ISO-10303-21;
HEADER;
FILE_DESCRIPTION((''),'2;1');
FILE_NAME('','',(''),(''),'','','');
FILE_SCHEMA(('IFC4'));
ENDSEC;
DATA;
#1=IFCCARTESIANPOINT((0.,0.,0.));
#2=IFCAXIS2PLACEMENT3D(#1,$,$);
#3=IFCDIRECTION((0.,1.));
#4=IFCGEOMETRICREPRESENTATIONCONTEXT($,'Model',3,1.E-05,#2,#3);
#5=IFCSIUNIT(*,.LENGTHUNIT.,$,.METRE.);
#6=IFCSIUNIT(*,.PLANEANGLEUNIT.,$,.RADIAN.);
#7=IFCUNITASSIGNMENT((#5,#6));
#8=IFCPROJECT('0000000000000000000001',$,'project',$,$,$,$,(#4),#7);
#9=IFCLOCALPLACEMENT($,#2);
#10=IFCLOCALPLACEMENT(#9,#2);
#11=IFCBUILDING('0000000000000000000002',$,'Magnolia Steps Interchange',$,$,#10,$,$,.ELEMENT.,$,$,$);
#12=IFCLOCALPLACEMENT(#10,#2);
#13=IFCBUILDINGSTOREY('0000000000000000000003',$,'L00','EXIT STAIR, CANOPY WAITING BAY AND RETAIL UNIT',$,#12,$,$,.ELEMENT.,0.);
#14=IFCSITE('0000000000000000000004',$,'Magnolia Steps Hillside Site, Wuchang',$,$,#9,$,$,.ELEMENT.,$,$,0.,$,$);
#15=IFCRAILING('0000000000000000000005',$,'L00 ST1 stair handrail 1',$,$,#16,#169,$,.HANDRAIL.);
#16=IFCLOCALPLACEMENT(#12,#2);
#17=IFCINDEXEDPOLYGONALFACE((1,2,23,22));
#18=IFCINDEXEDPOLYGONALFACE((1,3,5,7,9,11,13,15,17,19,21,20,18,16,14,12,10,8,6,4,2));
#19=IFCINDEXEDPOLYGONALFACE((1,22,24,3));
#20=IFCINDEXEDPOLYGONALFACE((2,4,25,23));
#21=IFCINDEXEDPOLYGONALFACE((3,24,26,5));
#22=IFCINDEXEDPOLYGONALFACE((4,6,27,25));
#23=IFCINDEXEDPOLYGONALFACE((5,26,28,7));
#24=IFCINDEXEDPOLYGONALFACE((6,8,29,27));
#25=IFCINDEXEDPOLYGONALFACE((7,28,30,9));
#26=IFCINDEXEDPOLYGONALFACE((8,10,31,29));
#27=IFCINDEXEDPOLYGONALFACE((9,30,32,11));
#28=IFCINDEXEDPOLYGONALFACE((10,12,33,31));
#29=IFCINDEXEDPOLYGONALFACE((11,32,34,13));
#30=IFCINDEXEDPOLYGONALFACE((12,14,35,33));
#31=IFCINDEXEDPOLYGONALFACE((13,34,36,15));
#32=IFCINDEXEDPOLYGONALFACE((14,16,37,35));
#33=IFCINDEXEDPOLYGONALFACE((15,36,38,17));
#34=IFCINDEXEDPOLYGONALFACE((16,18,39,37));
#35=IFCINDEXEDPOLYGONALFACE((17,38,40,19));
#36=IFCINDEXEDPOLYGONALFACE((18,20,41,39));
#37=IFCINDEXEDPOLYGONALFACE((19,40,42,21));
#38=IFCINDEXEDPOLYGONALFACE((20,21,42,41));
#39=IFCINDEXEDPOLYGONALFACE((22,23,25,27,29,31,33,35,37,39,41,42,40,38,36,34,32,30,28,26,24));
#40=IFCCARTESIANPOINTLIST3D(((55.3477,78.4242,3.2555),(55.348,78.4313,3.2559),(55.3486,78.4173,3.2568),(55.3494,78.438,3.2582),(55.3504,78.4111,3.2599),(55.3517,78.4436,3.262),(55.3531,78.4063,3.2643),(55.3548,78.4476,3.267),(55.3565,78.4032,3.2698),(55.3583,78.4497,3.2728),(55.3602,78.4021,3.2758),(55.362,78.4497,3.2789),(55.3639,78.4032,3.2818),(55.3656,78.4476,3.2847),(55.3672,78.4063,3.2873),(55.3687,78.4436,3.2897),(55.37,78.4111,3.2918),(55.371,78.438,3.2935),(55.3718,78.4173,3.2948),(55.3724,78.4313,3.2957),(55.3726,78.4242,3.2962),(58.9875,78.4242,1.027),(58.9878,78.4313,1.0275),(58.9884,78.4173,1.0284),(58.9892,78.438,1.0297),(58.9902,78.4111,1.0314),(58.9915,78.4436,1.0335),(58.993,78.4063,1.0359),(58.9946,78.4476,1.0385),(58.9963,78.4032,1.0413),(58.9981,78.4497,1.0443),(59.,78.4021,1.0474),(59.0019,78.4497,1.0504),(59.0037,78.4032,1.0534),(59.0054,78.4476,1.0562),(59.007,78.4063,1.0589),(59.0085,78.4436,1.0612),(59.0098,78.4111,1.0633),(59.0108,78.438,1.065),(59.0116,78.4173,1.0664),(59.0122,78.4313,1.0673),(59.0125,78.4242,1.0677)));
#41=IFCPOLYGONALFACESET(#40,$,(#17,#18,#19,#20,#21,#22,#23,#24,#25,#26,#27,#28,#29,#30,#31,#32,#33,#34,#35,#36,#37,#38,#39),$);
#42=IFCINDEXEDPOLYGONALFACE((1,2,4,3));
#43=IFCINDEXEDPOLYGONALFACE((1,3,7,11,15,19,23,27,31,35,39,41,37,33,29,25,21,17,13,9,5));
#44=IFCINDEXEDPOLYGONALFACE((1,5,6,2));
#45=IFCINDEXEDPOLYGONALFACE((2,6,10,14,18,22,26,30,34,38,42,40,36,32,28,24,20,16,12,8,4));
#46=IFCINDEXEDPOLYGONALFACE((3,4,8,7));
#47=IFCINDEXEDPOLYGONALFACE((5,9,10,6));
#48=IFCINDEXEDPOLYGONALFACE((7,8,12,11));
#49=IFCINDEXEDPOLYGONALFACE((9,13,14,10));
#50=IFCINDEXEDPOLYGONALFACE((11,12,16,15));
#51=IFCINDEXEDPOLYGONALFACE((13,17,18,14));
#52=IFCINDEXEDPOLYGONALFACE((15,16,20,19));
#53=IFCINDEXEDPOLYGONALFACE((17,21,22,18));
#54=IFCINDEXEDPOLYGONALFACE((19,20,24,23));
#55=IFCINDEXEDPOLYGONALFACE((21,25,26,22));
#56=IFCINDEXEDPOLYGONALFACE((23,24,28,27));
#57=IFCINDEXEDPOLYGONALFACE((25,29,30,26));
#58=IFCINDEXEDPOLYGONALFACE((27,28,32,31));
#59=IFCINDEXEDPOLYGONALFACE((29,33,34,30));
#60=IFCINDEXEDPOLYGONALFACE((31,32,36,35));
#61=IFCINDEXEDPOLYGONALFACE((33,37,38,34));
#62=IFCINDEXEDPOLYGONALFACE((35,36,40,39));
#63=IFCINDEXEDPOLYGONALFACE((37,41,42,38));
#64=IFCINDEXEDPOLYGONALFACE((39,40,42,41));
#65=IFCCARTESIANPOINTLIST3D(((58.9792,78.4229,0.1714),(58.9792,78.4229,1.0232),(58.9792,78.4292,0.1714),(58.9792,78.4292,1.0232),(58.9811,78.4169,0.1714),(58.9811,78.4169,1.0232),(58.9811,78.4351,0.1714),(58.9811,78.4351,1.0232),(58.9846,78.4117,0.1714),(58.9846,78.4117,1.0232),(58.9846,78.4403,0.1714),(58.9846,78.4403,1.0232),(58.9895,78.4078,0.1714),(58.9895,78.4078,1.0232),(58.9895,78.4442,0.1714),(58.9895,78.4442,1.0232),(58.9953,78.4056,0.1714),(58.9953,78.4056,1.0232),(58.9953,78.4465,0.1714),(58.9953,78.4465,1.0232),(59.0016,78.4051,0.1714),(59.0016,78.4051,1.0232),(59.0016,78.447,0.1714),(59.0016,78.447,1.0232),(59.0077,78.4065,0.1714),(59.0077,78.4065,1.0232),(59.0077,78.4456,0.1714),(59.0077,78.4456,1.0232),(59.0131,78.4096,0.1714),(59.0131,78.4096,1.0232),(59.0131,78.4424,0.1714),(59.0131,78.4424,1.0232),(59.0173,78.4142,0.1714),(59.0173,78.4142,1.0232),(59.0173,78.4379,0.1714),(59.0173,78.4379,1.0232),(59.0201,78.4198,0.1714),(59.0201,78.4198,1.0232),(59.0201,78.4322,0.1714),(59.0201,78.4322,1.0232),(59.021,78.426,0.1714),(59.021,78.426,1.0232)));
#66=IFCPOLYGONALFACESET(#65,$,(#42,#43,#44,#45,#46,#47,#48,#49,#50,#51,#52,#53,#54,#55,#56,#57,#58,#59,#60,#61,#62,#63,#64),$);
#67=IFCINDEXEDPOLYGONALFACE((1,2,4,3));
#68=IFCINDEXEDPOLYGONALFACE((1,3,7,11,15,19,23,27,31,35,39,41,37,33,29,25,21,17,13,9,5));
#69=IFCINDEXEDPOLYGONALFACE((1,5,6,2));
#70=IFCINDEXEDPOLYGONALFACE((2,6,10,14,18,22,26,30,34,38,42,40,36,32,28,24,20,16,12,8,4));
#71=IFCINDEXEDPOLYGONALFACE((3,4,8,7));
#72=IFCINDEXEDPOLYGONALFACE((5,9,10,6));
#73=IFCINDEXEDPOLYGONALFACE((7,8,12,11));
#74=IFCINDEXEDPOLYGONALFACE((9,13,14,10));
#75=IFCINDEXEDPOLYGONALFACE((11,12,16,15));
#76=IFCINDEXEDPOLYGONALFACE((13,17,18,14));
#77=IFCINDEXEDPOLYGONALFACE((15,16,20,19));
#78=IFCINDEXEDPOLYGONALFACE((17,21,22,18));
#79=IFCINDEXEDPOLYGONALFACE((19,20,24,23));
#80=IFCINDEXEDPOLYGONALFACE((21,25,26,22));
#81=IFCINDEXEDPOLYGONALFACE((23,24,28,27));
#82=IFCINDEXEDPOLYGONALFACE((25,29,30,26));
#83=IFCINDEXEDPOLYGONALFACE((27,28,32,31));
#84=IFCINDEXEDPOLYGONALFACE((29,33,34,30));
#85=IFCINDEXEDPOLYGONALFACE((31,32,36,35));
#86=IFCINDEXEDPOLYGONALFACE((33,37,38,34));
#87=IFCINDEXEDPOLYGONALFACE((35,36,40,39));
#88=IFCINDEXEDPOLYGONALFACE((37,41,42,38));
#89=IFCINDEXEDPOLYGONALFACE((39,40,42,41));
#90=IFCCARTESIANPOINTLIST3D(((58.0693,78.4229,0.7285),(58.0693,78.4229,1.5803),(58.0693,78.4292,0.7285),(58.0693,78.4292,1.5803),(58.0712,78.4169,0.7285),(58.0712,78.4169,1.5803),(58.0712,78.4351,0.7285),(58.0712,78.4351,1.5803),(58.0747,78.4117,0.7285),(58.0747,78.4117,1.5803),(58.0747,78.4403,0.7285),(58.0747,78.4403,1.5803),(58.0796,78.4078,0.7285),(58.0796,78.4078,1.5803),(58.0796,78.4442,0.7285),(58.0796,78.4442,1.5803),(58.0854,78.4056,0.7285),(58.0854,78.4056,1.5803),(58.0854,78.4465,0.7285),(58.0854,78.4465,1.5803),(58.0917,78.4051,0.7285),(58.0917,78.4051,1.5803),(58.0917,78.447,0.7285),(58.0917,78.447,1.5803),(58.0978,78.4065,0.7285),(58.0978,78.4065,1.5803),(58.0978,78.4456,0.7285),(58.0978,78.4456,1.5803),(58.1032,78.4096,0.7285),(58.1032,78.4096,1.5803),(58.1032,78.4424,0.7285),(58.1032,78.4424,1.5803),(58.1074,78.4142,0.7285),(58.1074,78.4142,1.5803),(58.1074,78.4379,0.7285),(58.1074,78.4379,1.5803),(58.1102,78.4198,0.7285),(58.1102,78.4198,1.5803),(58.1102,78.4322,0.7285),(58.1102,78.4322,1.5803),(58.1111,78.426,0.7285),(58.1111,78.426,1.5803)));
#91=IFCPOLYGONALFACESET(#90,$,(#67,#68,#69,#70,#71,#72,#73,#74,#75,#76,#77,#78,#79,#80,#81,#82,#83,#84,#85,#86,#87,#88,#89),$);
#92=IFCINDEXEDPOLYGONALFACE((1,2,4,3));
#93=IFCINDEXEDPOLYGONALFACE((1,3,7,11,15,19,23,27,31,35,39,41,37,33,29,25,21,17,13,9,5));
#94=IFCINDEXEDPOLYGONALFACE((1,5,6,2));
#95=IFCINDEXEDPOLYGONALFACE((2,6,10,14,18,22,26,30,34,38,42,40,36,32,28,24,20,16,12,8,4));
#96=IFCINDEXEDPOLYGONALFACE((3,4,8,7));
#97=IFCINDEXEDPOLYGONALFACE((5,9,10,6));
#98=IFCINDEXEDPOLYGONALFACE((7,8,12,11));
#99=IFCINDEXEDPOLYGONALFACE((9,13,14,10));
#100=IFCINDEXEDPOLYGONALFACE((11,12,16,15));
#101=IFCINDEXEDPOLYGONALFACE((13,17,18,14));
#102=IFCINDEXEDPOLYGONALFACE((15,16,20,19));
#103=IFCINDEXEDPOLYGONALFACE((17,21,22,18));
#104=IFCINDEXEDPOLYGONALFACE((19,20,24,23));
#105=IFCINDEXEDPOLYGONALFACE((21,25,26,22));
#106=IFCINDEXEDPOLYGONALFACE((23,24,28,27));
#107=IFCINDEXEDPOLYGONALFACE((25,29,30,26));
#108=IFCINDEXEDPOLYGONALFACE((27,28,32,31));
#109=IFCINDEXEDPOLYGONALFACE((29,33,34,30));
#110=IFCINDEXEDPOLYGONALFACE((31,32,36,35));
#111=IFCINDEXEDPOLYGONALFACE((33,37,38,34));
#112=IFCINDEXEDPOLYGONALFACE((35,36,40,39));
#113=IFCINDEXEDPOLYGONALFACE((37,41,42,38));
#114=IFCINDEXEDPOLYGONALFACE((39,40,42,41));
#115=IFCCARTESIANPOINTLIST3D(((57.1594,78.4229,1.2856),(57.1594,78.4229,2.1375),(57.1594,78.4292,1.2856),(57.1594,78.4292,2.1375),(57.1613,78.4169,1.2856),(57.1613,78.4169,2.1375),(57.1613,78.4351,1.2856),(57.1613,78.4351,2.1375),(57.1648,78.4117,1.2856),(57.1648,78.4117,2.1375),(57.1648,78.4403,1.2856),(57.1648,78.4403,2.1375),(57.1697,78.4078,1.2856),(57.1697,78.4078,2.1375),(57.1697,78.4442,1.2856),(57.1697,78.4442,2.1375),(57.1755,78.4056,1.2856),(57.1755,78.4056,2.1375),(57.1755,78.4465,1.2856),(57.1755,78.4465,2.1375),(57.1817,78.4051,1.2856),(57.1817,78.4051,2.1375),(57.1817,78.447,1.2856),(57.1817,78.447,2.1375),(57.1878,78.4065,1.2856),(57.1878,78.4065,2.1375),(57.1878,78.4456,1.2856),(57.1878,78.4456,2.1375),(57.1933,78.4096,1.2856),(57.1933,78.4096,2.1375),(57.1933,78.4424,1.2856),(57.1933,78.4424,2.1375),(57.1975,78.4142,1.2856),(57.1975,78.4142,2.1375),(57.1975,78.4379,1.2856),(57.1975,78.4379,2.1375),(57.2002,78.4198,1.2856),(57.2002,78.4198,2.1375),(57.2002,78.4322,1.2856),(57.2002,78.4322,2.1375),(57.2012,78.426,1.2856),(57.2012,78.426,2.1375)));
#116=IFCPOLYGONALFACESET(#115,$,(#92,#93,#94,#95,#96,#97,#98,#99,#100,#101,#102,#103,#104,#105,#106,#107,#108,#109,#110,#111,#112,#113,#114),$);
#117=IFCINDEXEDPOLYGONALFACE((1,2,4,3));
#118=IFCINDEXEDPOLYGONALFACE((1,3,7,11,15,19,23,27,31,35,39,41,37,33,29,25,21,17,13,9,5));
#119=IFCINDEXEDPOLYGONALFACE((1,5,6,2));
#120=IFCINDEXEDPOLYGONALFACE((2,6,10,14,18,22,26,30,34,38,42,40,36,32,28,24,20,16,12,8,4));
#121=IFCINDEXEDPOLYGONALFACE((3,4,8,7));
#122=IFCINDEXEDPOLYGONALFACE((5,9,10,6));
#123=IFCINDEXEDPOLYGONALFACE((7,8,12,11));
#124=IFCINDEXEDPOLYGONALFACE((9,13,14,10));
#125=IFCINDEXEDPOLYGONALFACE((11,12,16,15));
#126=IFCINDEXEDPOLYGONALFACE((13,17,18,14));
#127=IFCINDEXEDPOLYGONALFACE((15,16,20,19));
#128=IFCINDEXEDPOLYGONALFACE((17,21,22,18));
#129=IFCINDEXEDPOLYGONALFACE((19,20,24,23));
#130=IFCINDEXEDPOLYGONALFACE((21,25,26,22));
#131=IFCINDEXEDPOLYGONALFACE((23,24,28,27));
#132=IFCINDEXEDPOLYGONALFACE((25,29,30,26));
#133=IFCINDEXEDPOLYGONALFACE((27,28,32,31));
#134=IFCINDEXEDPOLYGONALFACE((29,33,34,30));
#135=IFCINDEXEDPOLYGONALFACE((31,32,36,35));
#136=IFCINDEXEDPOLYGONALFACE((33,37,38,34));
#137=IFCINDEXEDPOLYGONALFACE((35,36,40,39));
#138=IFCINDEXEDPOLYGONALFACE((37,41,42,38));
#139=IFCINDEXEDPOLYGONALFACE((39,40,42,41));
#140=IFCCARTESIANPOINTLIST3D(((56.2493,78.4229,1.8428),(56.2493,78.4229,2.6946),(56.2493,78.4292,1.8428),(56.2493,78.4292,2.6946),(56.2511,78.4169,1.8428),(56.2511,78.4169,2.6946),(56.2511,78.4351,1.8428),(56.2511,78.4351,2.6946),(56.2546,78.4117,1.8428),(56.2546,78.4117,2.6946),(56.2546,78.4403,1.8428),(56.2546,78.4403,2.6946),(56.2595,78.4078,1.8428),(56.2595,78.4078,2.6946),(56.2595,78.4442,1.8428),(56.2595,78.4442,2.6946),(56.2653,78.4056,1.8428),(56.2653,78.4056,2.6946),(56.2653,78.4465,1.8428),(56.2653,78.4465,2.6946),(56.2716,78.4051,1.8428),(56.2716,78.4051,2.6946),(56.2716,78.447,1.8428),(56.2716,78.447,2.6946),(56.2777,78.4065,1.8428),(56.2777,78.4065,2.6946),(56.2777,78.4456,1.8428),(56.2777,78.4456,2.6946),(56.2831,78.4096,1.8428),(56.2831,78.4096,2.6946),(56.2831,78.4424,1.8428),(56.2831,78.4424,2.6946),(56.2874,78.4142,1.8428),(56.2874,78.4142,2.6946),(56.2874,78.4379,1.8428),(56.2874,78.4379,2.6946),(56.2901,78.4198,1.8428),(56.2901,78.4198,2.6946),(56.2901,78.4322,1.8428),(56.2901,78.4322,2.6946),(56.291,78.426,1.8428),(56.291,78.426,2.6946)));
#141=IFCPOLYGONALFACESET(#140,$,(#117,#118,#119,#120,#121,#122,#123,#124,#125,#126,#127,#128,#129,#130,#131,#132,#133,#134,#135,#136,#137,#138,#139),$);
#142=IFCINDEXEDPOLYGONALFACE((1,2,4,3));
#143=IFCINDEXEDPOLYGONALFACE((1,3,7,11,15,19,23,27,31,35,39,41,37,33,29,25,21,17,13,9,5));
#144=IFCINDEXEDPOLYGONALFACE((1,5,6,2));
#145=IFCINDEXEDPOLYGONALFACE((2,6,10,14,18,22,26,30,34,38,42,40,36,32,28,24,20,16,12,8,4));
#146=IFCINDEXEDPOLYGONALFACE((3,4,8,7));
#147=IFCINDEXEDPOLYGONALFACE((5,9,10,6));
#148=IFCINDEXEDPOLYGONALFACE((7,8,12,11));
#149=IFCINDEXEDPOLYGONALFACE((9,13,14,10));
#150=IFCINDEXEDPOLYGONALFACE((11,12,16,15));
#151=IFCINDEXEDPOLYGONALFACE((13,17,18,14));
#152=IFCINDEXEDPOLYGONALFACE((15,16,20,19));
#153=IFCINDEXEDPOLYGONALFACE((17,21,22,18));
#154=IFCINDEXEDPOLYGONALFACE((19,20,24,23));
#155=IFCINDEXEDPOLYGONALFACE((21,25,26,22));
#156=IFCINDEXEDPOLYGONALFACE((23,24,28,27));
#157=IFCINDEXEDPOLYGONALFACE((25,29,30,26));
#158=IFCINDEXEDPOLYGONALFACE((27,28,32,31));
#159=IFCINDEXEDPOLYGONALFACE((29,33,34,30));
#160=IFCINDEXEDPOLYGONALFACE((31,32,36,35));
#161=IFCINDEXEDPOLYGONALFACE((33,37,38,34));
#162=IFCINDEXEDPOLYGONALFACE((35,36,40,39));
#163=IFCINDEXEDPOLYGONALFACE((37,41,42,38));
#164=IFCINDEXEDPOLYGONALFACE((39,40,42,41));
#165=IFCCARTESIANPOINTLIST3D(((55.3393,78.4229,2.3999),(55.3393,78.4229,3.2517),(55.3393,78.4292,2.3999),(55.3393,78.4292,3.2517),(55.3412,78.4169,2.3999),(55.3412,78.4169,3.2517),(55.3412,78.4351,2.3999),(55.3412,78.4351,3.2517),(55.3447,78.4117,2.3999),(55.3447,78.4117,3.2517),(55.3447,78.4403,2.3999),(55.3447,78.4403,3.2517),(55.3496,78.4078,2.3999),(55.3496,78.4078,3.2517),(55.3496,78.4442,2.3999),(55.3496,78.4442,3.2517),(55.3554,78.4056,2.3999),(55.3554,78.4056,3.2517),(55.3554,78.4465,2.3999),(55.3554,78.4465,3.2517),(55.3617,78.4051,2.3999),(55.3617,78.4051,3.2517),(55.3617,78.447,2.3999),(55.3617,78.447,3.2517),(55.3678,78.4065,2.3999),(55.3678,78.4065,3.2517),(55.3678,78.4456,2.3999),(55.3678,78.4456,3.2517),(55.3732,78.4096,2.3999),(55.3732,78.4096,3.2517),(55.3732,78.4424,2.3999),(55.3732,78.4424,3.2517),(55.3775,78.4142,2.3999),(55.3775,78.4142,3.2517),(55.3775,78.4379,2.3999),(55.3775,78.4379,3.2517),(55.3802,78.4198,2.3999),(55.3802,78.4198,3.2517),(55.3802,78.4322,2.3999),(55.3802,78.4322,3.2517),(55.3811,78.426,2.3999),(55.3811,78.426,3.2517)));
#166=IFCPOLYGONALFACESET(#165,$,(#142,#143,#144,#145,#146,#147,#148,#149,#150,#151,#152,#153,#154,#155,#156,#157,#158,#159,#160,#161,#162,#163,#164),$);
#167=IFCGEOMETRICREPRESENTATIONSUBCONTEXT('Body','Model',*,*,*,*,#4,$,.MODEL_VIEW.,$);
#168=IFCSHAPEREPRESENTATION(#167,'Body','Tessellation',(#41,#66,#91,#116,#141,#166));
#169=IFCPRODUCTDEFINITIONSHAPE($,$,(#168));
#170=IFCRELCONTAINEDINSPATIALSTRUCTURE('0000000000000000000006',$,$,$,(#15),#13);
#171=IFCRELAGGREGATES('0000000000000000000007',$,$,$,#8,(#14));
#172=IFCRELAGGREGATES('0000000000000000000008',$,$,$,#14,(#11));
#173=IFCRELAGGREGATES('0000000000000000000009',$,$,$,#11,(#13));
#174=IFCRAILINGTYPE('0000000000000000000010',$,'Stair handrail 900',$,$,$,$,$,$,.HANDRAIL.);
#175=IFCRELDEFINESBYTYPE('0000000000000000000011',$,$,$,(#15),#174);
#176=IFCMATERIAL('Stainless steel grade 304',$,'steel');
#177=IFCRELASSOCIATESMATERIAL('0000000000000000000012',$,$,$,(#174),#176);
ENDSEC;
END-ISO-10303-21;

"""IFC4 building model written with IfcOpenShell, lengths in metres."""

from ifc_helpers import new_model, si_unit, direction, frame, origin, origin_2d, place, context, subcontext, project, spatial, circle, extrude, material, type_object, element, save


model = new_model("IFC4")

# Units and contexts
model_context = context("Model", 3, precision=1e-05, world=origin(), true_north=direction((0.0, 1.0)))
body_context = subcontext(model_context, "Body", "Model", "MODEL_VIEW")
ifc_project = project(units=[si_unit("LENGTHUNIT", "METRE"), si_unit("PLANEANGLEUNIT", "RADIAN")], contexts=[model_context])

# Site, building, storey
site_placement = place(None, origin())
site = spatial("IfcSite", under=ifc_project, at=site_placement, Name="Magnolia Steps Hillside Site, Wuchang", CompositionType="ELEMENT", RefElevation=0.0)
building_placement = place(site_placement, origin())
building = spatial("IfcBuilding", under=site, at=building_placement, Name="Magnolia Steps Interchange", CompositionType="ELEMENT")
storey_placement = place(building_placement, origin())
storey = spatial("IfcBuildingStorey", under=building, at=storey_placement, Name="L00", Description="EXIT STAIR, CANOPY WAITING BAY AND RETAIL UNIT", CompositionType="ELEMENT", Elevation=0.0)

# Railing
ifc_material_1 = material(Name="Stainless steel grade 304", Category="steel")
railing_type_1 = type_object("IfcRailingType", Name="Stair handrail 900", PredefinedType="HANDRAIL", material=ifc_material_1)
for number, where, name in (
    (1, (59.0, 78.426, 0.1714), "L00 ST1 stair handrail 1"),
):
    element("IfcRailing", number, at=place(storey_placement, frame(where)), inside=storey, type_object=railing_type_1, Name=name, PredefinedType="HANDRAIL", context=body_context, shape_type="SweptSolid", body=[
        extrude(circle(Radius=0.0239, at=origin_2d()), frame((0.0, 0.0, 0.876), z_axis=(-0.85285, 0.0, 0.522156), x_axis=(0.0, -1.0, 0.0)), (0.0, 0.0, 1.0), 4.2678),
        extrude(circle(Radius=0.021, at=origin_2d()), origin(), (0.0, 0.0, 1.0), 0.8518),
        extrude(circle(Radius=0.021, at=origin_2d()), frame((-0.9099, 0.0, 0.5571)), (0.0, 0.0, 1.0), 0.8518),
        extrude(circle(Radius=0.021, at=origin_2d()), frame((-1.8198, 0.0, 1.1143)), (0.0, 0.0, 1.0), 0.8518),
        extrude(circle(Radius=0.021, at=origin_2d()), frame((-2.73, 0.0, 1.6714)), (0.0, 0.0, 1.0), 0.8518),
        extrude(circle(Radius=0.021, at=origin_2d()), frame((-3.6399, 0.0, 2.2285)), (0.0, 0.0, 1.0), 0.8518),
    ])

save(model, "model.ifc")
